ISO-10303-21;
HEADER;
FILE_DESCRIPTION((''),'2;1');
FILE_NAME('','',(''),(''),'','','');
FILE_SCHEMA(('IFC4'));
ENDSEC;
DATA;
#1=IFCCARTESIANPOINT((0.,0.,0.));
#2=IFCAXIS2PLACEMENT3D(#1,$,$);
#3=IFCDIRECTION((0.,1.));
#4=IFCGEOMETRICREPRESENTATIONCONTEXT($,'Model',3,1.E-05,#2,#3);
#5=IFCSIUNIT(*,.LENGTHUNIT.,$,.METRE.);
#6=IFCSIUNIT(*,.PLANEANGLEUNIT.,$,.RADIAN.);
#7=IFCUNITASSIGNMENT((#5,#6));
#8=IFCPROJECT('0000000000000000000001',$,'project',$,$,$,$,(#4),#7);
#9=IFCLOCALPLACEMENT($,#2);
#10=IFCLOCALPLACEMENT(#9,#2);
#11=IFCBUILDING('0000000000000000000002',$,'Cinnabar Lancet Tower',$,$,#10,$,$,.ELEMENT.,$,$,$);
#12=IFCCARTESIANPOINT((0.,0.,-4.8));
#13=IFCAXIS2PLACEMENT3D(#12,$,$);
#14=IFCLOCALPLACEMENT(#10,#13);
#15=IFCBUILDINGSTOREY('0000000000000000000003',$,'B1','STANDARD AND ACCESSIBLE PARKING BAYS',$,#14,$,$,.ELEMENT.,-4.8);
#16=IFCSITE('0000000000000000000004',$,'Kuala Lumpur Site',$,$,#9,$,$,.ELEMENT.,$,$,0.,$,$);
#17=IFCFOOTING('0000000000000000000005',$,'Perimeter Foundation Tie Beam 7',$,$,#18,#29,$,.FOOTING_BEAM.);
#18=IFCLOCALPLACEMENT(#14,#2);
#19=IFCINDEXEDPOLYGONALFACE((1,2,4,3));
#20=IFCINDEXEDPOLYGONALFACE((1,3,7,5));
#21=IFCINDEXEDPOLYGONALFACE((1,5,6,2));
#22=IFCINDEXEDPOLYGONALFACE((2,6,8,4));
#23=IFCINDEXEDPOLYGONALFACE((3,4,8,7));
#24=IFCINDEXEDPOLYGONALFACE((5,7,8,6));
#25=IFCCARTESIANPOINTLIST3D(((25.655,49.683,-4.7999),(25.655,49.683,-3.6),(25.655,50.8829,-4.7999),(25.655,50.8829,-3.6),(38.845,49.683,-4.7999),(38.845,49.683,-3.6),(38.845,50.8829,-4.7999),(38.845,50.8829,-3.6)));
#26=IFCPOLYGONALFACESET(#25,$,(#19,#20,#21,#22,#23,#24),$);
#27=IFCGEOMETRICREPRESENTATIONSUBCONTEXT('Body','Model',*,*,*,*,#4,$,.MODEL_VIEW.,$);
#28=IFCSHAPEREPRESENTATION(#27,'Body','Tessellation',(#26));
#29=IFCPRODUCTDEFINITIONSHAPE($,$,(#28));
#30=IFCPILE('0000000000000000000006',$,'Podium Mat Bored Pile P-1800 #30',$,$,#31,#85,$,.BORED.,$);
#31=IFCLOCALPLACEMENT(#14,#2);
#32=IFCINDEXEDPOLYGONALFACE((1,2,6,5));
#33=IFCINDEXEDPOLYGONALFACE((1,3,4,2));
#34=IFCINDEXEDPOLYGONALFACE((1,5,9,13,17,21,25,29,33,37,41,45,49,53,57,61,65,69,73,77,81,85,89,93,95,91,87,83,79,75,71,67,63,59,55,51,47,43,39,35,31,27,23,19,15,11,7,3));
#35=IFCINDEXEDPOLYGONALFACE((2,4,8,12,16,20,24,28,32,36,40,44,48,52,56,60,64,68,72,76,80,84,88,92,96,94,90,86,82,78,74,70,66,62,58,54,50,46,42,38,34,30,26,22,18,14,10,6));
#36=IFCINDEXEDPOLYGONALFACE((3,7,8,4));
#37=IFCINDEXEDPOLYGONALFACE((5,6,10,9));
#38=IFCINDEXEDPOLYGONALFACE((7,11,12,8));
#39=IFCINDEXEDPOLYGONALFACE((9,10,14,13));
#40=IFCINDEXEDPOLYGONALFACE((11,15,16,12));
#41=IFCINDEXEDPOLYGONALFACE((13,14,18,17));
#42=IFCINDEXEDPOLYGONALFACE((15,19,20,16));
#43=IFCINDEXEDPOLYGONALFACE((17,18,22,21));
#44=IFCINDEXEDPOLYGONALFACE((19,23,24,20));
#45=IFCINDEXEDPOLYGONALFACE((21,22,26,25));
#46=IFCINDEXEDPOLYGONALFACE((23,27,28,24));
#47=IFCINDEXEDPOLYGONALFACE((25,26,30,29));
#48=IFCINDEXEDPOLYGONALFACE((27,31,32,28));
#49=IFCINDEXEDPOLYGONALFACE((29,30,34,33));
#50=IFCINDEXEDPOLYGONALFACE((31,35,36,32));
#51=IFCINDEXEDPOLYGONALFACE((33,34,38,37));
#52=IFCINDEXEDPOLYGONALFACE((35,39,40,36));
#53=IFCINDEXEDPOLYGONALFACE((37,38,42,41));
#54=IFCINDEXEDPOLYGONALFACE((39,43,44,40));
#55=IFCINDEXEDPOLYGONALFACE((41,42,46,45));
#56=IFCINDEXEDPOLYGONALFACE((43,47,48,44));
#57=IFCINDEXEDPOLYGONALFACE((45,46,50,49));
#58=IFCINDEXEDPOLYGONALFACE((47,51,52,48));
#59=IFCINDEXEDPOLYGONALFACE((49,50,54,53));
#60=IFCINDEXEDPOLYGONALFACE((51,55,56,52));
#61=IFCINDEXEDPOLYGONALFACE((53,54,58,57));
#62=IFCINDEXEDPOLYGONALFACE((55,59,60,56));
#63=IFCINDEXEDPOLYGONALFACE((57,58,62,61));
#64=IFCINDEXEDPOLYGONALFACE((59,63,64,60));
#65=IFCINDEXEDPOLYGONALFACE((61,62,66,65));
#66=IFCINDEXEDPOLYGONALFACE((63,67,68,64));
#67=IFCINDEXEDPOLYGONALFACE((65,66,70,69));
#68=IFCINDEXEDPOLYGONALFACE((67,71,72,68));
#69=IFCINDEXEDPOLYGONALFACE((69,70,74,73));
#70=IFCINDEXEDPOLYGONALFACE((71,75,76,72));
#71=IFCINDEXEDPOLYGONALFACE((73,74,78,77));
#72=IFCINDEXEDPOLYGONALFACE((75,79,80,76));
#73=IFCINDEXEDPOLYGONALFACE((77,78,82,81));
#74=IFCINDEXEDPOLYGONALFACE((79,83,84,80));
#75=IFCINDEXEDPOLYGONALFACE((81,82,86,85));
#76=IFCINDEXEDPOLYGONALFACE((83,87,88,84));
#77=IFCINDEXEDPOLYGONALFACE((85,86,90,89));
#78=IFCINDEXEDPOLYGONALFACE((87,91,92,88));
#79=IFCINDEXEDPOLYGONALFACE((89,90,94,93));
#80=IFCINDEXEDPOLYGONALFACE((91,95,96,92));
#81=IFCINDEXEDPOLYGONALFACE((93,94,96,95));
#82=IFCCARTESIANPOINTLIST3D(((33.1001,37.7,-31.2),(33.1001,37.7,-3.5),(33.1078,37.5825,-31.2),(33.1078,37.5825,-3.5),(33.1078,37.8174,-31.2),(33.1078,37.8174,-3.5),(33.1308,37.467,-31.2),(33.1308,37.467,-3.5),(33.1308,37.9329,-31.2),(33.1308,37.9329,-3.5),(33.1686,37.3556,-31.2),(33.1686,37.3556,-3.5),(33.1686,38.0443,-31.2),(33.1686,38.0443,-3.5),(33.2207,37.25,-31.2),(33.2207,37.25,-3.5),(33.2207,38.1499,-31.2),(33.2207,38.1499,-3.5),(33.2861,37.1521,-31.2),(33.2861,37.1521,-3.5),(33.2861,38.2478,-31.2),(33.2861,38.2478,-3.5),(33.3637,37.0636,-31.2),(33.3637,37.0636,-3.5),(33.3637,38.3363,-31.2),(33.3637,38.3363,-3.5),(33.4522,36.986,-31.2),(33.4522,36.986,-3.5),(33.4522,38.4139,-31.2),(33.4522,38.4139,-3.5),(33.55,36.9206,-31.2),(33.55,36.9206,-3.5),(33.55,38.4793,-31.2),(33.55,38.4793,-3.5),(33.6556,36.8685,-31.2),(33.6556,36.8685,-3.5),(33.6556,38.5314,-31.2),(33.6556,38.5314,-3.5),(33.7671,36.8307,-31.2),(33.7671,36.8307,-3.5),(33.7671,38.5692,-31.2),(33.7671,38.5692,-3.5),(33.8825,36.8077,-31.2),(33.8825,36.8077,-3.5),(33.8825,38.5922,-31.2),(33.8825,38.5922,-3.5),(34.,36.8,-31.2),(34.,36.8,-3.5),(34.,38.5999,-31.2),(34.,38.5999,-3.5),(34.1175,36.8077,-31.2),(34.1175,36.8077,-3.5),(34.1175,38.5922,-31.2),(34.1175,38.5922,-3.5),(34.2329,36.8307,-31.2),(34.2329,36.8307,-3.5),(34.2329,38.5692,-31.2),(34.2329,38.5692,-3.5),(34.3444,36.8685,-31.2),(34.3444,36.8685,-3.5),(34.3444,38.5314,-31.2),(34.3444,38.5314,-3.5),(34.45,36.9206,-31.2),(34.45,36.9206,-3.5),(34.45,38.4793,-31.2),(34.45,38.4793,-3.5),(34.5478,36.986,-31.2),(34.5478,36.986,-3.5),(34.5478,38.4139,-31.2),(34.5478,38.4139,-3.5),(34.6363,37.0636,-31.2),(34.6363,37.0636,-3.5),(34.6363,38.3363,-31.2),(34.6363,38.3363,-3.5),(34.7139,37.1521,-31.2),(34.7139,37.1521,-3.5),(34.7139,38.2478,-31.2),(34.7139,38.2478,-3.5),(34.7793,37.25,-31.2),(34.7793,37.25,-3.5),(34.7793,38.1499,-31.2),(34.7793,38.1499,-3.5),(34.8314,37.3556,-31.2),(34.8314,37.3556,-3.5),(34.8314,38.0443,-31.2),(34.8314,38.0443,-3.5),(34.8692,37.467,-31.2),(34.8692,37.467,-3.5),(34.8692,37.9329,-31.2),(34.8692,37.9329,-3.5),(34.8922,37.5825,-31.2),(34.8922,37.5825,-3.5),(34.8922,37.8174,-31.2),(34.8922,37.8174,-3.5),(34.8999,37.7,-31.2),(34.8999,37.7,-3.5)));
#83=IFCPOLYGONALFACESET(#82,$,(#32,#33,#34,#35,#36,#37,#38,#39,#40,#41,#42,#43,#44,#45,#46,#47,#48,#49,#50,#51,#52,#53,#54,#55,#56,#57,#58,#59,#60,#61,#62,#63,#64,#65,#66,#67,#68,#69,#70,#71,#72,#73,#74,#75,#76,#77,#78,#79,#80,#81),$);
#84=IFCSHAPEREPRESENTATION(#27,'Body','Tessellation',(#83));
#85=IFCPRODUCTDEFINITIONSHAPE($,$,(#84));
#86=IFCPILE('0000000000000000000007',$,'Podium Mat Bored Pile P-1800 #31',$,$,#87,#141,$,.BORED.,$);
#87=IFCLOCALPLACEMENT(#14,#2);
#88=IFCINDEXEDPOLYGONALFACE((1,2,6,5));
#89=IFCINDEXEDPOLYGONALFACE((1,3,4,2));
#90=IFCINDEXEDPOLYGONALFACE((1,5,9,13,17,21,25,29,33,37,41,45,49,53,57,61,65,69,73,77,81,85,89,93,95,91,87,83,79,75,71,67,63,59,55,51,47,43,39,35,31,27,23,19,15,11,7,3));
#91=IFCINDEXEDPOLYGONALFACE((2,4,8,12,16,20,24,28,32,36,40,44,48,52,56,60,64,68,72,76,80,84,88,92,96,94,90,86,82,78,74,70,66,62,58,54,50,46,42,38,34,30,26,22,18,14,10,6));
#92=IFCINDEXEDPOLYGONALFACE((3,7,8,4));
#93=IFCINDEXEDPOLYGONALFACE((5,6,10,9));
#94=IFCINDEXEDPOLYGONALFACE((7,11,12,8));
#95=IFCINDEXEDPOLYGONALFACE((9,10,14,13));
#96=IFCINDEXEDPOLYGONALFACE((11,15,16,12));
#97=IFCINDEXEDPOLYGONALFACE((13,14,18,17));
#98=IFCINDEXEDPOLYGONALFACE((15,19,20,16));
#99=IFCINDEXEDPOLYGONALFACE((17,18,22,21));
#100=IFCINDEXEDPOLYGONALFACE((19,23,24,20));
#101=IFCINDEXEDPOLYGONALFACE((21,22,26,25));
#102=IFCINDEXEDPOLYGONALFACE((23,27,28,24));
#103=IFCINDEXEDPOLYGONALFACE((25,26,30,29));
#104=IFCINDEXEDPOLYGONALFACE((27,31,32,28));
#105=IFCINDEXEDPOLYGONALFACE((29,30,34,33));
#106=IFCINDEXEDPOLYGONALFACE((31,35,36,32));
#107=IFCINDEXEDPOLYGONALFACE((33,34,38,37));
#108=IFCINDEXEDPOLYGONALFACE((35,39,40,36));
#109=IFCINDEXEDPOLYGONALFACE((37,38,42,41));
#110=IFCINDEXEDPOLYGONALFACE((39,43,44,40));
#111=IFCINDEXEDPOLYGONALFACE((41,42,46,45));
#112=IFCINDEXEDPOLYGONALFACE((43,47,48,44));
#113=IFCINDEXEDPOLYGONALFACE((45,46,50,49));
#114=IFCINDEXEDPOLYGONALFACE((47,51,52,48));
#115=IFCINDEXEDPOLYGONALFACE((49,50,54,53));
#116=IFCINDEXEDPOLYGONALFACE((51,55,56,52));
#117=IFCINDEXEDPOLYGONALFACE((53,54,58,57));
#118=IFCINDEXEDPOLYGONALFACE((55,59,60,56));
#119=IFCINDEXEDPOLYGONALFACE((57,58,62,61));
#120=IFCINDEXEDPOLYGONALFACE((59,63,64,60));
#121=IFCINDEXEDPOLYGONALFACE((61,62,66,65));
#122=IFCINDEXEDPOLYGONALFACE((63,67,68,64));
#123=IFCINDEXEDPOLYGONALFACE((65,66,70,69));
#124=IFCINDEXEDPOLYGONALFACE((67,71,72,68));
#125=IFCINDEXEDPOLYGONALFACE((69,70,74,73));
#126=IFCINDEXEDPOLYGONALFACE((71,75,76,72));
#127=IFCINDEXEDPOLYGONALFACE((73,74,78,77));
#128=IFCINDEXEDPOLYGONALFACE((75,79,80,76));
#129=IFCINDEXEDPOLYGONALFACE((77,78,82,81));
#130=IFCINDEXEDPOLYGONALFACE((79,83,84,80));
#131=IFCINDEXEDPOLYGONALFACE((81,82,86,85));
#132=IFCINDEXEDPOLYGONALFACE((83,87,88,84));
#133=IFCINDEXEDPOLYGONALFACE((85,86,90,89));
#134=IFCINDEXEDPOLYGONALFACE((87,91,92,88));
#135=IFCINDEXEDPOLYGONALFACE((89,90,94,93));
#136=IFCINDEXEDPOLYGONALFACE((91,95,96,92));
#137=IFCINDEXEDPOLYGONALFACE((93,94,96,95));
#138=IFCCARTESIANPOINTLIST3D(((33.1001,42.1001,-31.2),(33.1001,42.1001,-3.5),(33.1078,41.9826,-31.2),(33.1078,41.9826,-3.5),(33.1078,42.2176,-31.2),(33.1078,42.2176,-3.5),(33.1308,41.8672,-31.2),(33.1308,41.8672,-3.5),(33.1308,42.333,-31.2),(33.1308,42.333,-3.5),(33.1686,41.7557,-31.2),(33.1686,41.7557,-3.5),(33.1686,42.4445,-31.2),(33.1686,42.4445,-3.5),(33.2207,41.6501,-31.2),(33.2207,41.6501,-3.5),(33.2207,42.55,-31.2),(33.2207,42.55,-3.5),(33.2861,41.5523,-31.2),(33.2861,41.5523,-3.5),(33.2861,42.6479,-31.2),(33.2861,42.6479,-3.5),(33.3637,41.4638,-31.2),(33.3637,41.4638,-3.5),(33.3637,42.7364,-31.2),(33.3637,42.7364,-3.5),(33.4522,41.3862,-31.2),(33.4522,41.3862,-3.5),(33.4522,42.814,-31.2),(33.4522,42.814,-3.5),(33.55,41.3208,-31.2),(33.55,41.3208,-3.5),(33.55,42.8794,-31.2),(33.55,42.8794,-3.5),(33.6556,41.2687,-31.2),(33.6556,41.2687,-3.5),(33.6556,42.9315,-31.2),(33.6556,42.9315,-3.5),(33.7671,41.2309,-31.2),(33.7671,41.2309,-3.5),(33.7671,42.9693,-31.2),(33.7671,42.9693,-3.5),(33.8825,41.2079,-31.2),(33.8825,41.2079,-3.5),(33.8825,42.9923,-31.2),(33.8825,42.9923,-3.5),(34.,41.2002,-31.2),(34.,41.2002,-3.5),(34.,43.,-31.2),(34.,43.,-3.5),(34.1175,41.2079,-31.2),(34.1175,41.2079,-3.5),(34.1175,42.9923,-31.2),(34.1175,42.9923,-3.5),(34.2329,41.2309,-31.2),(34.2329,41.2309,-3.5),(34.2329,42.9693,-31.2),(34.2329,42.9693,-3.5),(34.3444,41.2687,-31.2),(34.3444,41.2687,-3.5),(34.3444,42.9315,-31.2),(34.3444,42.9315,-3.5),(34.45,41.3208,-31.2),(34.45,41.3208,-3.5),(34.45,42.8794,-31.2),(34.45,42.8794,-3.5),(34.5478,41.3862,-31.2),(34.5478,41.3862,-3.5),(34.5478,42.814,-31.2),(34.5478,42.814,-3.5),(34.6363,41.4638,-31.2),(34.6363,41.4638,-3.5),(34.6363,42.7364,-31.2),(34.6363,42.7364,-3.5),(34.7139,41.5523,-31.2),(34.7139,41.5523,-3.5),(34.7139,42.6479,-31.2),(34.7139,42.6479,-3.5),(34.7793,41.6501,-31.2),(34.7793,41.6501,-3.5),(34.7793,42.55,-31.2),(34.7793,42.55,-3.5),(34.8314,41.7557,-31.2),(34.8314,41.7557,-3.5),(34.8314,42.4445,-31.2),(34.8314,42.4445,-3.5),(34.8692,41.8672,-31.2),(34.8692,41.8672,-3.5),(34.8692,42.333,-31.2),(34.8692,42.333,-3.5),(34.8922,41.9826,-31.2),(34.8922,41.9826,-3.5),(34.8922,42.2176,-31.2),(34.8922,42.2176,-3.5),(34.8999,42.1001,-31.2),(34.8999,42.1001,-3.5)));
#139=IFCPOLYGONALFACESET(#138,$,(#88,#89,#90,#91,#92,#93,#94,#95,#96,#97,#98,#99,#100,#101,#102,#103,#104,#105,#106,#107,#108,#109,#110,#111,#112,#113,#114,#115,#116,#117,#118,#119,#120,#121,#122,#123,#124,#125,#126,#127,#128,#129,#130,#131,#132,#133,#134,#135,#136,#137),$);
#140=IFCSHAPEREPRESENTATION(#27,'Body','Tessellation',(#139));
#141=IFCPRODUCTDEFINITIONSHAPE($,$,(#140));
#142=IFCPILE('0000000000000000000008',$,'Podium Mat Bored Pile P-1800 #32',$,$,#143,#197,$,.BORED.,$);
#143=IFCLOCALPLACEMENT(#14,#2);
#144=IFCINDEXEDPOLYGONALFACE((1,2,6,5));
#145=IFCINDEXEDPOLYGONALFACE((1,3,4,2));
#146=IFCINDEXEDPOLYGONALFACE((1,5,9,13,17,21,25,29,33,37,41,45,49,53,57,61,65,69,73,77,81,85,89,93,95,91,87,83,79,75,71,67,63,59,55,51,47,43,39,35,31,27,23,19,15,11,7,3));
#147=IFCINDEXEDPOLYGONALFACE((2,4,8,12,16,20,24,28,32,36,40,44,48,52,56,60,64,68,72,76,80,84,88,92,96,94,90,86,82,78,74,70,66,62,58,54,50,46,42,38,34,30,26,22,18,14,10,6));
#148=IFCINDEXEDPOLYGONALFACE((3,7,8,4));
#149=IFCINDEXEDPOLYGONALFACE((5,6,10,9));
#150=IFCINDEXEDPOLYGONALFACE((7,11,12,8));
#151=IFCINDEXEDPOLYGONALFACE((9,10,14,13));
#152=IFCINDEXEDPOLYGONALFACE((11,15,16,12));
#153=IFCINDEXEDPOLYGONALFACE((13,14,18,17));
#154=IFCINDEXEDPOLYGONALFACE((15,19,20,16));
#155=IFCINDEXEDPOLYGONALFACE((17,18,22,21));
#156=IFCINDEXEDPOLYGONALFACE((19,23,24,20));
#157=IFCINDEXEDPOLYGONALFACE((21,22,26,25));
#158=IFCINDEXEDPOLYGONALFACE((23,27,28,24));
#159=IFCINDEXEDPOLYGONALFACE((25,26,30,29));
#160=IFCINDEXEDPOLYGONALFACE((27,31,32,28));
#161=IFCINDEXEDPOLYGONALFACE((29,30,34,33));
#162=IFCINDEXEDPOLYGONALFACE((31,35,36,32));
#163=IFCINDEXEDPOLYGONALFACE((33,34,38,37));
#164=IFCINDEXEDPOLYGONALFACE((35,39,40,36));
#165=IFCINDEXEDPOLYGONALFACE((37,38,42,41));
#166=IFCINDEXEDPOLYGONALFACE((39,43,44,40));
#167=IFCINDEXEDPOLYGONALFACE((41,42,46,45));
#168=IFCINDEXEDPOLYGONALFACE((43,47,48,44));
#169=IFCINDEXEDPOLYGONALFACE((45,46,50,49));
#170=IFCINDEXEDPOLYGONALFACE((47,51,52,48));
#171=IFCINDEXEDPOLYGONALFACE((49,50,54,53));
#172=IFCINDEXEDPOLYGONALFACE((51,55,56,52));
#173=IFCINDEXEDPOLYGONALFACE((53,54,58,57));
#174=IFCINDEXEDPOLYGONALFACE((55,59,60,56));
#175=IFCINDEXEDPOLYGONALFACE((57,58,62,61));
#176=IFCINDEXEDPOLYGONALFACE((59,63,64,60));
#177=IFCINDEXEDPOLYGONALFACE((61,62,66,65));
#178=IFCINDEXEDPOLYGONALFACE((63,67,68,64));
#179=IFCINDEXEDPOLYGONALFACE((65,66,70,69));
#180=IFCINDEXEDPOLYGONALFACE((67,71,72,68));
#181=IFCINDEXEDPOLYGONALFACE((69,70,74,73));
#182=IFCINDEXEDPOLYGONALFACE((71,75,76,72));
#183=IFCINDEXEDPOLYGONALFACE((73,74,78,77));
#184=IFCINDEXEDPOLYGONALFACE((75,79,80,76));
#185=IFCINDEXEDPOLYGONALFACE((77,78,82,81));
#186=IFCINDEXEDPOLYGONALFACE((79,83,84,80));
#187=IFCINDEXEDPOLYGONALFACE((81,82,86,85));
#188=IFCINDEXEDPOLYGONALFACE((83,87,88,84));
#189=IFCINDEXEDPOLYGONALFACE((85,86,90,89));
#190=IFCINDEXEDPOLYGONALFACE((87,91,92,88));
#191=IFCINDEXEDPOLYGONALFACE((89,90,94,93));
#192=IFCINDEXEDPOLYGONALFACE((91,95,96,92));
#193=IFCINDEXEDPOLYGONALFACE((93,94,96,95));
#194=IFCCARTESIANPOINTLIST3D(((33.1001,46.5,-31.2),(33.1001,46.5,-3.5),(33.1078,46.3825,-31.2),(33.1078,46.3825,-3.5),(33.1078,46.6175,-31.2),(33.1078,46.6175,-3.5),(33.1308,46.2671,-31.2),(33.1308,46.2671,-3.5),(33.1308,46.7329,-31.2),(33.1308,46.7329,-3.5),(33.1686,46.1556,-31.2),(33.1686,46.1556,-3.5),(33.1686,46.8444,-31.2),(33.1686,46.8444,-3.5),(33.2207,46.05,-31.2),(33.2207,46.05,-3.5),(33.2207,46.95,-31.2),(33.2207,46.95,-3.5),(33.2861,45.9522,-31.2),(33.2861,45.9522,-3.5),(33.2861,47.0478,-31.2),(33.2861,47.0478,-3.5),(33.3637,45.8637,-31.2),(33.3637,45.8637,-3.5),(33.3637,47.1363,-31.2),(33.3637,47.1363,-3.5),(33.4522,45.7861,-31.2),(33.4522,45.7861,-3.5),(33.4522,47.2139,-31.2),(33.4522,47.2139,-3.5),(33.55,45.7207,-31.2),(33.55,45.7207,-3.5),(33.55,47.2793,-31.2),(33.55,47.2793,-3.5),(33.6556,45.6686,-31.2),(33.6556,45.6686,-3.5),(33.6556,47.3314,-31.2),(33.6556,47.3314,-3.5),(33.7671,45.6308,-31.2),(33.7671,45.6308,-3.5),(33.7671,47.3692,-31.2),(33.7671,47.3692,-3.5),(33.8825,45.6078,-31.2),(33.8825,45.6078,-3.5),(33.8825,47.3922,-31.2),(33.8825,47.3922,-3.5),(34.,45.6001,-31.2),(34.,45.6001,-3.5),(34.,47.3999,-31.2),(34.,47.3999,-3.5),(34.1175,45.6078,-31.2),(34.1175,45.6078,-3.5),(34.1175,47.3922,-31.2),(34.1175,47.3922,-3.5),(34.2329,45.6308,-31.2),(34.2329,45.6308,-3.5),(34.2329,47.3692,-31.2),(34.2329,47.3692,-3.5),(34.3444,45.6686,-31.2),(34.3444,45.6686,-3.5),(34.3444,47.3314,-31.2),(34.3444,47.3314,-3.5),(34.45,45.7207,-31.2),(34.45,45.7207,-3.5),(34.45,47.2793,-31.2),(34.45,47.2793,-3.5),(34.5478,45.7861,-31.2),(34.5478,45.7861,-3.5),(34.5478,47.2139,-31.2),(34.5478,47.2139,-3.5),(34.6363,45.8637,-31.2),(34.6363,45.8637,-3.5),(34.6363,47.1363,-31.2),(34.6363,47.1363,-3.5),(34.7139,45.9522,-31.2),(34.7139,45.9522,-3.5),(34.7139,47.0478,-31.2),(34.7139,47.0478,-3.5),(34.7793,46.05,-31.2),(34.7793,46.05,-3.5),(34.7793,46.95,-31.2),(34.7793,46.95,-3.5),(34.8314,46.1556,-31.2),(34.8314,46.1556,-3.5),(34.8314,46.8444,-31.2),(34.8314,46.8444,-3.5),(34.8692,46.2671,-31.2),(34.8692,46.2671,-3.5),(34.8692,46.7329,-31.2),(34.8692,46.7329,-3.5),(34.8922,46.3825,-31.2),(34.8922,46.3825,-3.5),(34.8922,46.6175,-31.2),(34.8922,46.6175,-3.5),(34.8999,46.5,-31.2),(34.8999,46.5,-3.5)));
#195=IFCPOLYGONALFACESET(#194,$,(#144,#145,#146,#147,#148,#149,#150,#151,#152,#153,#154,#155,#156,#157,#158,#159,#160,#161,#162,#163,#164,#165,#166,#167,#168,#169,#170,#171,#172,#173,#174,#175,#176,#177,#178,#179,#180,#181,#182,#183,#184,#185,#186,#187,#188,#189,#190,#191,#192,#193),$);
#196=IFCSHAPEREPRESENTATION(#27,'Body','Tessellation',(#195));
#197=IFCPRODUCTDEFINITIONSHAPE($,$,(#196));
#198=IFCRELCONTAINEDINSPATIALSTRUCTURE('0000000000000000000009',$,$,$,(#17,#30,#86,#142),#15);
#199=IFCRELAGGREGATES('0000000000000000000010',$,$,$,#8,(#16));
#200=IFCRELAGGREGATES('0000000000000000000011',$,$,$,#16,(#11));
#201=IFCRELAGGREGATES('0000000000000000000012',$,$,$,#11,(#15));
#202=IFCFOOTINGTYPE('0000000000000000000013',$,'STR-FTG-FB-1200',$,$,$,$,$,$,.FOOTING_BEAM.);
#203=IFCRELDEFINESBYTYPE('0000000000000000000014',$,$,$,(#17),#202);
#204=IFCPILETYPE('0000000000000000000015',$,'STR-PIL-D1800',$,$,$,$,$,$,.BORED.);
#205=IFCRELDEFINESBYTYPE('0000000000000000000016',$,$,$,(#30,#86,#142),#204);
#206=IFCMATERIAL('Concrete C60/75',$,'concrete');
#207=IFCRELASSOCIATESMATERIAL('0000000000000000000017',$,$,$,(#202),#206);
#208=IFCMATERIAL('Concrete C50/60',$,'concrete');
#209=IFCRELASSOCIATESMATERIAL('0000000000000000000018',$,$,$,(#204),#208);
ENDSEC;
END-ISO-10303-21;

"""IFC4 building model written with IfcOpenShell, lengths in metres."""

from ifc_helpers import new_model, si_unit, direction, frame, origin, origin_2d, place, context, subcontext, project, spatial, rectangle, circle, extrude, material, material_profile, profile_set, type_object, element, save


model = new_model("IFC4")

# Units and contexts
model_context = context("Model", 3, precision=1e-05, world=origin(), true_north=direction((0.0, 1.0)))
body_context = subcontext(model_context, "Body", "Model", "MODEL_VIEW")
ifc_project = project(units=[si_unit("LENGTHUNIT", "METRE"), si_unit("PLANEANGLEUNIT", "RADIAN")], contexts=[model_context])

# Site, building, storey
site_placement = place(None, origin())
site = spatial("IfcSite", under=ifc_project, at=site_placement, Name="Kuala Lumpur Site", CompositionType="ELEMENT", RefElevation=0.0)
building_placement = place(site_placement, origin())
building = spatial("IfcBuilding", under=site, at=building_placement, Name="Cinnabar Lancet Tower", CompositionType="ELEMENT")
storey_placement = place(building_placement, frame((0.0, 0.0, -4.8)))
storey = spatial("IfcBuildingStorey", under=building, at=storey_placement, Name="B1", Description="STANDARD AND ACCESSIBLE PARKING BAYS", CompositionType="ELEMENT", Elevation=-4.8)

# Footing
ifc_material_1 = material(Name="Concrete C60/75", Category="concrete")
ifc_material_profile_1 = material_profile(ifc_material_1, rectangle(XDim=1.2, YDim=1.2, at=origin_2d()), Name="RC-FB 1200x1200")
ifc_profile_set_1 = profile_set([ifc_material_profile_1], Name="Concrete C60/75")
footing_type = type_object("IfcFootingType", Name="STR-FTG-FB-1200", PredefinedType="FOOTING_BEAM", material=ifc_profile_set_1)
footing_placement = place(storey_placement, frame((38.845, 50.283, -4.2), z_axis=(-1.0, 0.0, 0.0), x_axis=(0.0, -1.0, 0.0)))
element("IfcFooting", 1, at=footing_placement, inside=storey, type_object=footing_type, Name="Perimeter Foundation Tie Beam 7", PredefinedType="FOOTING_BEAM", context=body_context, shape_type="SweptSolid", body=[
    extrude(rectangle(XDim=1.2, YDim=1.2, at=origin_2d()), origin(), (0.0, 0.0, 1.0), 13.1899),
])

# Piles
ifc_material_2 = material(Name="Concrete C50/60", Category="concrete")
ifc_material_profile_2 = material_profile(ifc_material_2, circle(Radius=0.8999, at=origin_2d()), Name="PILE D1800")
ifc_profile_set_2 = profile_set([ifc_material_profile_2], Name="Concrete C50/60")
pile_type_1 = type_object("IfcPileType", Name="STR-PIL-D1800", PredefinedType="BORED", material=ifc_profile_set_2)
for number, where, z_axis, x_axis, name in (
    (2, (34.0, 37.7, -3.5), (0.0, 0.0, -1.0), (1.0, 0.0, 0.0), "Podium Mat Bored Pile P-1800 #30"),
    (3, (34.0, 42.1001, -3.5), (0.0, 0.0, -1.0), (1.0, 0.0, 0.0), "Podium Mat Bored Pile P-1800 #31"),
    (4, (34.0, 46.5, -3.5), (0.0, 0.0, -1.0), (1.0, 0.0, 0.0), "Podium Mat Bored Pile P-1800 #32"),
):
    element("IfcPile", number, at=place(storey_placement, frame(where, z_axis=z_axis, x_axis=x_axis)), inside=storey, type_object=pile_type_1, Name=name, PredefinedType="BORED", context=body_context, shape_type="SweptSolid", body=[
        extrude(circle(Radius=0.8999, at=origin_2d()), origin(), (0.0, 0.0, 1.0), 27.7),
    ])

save(model, "model.ifc")
